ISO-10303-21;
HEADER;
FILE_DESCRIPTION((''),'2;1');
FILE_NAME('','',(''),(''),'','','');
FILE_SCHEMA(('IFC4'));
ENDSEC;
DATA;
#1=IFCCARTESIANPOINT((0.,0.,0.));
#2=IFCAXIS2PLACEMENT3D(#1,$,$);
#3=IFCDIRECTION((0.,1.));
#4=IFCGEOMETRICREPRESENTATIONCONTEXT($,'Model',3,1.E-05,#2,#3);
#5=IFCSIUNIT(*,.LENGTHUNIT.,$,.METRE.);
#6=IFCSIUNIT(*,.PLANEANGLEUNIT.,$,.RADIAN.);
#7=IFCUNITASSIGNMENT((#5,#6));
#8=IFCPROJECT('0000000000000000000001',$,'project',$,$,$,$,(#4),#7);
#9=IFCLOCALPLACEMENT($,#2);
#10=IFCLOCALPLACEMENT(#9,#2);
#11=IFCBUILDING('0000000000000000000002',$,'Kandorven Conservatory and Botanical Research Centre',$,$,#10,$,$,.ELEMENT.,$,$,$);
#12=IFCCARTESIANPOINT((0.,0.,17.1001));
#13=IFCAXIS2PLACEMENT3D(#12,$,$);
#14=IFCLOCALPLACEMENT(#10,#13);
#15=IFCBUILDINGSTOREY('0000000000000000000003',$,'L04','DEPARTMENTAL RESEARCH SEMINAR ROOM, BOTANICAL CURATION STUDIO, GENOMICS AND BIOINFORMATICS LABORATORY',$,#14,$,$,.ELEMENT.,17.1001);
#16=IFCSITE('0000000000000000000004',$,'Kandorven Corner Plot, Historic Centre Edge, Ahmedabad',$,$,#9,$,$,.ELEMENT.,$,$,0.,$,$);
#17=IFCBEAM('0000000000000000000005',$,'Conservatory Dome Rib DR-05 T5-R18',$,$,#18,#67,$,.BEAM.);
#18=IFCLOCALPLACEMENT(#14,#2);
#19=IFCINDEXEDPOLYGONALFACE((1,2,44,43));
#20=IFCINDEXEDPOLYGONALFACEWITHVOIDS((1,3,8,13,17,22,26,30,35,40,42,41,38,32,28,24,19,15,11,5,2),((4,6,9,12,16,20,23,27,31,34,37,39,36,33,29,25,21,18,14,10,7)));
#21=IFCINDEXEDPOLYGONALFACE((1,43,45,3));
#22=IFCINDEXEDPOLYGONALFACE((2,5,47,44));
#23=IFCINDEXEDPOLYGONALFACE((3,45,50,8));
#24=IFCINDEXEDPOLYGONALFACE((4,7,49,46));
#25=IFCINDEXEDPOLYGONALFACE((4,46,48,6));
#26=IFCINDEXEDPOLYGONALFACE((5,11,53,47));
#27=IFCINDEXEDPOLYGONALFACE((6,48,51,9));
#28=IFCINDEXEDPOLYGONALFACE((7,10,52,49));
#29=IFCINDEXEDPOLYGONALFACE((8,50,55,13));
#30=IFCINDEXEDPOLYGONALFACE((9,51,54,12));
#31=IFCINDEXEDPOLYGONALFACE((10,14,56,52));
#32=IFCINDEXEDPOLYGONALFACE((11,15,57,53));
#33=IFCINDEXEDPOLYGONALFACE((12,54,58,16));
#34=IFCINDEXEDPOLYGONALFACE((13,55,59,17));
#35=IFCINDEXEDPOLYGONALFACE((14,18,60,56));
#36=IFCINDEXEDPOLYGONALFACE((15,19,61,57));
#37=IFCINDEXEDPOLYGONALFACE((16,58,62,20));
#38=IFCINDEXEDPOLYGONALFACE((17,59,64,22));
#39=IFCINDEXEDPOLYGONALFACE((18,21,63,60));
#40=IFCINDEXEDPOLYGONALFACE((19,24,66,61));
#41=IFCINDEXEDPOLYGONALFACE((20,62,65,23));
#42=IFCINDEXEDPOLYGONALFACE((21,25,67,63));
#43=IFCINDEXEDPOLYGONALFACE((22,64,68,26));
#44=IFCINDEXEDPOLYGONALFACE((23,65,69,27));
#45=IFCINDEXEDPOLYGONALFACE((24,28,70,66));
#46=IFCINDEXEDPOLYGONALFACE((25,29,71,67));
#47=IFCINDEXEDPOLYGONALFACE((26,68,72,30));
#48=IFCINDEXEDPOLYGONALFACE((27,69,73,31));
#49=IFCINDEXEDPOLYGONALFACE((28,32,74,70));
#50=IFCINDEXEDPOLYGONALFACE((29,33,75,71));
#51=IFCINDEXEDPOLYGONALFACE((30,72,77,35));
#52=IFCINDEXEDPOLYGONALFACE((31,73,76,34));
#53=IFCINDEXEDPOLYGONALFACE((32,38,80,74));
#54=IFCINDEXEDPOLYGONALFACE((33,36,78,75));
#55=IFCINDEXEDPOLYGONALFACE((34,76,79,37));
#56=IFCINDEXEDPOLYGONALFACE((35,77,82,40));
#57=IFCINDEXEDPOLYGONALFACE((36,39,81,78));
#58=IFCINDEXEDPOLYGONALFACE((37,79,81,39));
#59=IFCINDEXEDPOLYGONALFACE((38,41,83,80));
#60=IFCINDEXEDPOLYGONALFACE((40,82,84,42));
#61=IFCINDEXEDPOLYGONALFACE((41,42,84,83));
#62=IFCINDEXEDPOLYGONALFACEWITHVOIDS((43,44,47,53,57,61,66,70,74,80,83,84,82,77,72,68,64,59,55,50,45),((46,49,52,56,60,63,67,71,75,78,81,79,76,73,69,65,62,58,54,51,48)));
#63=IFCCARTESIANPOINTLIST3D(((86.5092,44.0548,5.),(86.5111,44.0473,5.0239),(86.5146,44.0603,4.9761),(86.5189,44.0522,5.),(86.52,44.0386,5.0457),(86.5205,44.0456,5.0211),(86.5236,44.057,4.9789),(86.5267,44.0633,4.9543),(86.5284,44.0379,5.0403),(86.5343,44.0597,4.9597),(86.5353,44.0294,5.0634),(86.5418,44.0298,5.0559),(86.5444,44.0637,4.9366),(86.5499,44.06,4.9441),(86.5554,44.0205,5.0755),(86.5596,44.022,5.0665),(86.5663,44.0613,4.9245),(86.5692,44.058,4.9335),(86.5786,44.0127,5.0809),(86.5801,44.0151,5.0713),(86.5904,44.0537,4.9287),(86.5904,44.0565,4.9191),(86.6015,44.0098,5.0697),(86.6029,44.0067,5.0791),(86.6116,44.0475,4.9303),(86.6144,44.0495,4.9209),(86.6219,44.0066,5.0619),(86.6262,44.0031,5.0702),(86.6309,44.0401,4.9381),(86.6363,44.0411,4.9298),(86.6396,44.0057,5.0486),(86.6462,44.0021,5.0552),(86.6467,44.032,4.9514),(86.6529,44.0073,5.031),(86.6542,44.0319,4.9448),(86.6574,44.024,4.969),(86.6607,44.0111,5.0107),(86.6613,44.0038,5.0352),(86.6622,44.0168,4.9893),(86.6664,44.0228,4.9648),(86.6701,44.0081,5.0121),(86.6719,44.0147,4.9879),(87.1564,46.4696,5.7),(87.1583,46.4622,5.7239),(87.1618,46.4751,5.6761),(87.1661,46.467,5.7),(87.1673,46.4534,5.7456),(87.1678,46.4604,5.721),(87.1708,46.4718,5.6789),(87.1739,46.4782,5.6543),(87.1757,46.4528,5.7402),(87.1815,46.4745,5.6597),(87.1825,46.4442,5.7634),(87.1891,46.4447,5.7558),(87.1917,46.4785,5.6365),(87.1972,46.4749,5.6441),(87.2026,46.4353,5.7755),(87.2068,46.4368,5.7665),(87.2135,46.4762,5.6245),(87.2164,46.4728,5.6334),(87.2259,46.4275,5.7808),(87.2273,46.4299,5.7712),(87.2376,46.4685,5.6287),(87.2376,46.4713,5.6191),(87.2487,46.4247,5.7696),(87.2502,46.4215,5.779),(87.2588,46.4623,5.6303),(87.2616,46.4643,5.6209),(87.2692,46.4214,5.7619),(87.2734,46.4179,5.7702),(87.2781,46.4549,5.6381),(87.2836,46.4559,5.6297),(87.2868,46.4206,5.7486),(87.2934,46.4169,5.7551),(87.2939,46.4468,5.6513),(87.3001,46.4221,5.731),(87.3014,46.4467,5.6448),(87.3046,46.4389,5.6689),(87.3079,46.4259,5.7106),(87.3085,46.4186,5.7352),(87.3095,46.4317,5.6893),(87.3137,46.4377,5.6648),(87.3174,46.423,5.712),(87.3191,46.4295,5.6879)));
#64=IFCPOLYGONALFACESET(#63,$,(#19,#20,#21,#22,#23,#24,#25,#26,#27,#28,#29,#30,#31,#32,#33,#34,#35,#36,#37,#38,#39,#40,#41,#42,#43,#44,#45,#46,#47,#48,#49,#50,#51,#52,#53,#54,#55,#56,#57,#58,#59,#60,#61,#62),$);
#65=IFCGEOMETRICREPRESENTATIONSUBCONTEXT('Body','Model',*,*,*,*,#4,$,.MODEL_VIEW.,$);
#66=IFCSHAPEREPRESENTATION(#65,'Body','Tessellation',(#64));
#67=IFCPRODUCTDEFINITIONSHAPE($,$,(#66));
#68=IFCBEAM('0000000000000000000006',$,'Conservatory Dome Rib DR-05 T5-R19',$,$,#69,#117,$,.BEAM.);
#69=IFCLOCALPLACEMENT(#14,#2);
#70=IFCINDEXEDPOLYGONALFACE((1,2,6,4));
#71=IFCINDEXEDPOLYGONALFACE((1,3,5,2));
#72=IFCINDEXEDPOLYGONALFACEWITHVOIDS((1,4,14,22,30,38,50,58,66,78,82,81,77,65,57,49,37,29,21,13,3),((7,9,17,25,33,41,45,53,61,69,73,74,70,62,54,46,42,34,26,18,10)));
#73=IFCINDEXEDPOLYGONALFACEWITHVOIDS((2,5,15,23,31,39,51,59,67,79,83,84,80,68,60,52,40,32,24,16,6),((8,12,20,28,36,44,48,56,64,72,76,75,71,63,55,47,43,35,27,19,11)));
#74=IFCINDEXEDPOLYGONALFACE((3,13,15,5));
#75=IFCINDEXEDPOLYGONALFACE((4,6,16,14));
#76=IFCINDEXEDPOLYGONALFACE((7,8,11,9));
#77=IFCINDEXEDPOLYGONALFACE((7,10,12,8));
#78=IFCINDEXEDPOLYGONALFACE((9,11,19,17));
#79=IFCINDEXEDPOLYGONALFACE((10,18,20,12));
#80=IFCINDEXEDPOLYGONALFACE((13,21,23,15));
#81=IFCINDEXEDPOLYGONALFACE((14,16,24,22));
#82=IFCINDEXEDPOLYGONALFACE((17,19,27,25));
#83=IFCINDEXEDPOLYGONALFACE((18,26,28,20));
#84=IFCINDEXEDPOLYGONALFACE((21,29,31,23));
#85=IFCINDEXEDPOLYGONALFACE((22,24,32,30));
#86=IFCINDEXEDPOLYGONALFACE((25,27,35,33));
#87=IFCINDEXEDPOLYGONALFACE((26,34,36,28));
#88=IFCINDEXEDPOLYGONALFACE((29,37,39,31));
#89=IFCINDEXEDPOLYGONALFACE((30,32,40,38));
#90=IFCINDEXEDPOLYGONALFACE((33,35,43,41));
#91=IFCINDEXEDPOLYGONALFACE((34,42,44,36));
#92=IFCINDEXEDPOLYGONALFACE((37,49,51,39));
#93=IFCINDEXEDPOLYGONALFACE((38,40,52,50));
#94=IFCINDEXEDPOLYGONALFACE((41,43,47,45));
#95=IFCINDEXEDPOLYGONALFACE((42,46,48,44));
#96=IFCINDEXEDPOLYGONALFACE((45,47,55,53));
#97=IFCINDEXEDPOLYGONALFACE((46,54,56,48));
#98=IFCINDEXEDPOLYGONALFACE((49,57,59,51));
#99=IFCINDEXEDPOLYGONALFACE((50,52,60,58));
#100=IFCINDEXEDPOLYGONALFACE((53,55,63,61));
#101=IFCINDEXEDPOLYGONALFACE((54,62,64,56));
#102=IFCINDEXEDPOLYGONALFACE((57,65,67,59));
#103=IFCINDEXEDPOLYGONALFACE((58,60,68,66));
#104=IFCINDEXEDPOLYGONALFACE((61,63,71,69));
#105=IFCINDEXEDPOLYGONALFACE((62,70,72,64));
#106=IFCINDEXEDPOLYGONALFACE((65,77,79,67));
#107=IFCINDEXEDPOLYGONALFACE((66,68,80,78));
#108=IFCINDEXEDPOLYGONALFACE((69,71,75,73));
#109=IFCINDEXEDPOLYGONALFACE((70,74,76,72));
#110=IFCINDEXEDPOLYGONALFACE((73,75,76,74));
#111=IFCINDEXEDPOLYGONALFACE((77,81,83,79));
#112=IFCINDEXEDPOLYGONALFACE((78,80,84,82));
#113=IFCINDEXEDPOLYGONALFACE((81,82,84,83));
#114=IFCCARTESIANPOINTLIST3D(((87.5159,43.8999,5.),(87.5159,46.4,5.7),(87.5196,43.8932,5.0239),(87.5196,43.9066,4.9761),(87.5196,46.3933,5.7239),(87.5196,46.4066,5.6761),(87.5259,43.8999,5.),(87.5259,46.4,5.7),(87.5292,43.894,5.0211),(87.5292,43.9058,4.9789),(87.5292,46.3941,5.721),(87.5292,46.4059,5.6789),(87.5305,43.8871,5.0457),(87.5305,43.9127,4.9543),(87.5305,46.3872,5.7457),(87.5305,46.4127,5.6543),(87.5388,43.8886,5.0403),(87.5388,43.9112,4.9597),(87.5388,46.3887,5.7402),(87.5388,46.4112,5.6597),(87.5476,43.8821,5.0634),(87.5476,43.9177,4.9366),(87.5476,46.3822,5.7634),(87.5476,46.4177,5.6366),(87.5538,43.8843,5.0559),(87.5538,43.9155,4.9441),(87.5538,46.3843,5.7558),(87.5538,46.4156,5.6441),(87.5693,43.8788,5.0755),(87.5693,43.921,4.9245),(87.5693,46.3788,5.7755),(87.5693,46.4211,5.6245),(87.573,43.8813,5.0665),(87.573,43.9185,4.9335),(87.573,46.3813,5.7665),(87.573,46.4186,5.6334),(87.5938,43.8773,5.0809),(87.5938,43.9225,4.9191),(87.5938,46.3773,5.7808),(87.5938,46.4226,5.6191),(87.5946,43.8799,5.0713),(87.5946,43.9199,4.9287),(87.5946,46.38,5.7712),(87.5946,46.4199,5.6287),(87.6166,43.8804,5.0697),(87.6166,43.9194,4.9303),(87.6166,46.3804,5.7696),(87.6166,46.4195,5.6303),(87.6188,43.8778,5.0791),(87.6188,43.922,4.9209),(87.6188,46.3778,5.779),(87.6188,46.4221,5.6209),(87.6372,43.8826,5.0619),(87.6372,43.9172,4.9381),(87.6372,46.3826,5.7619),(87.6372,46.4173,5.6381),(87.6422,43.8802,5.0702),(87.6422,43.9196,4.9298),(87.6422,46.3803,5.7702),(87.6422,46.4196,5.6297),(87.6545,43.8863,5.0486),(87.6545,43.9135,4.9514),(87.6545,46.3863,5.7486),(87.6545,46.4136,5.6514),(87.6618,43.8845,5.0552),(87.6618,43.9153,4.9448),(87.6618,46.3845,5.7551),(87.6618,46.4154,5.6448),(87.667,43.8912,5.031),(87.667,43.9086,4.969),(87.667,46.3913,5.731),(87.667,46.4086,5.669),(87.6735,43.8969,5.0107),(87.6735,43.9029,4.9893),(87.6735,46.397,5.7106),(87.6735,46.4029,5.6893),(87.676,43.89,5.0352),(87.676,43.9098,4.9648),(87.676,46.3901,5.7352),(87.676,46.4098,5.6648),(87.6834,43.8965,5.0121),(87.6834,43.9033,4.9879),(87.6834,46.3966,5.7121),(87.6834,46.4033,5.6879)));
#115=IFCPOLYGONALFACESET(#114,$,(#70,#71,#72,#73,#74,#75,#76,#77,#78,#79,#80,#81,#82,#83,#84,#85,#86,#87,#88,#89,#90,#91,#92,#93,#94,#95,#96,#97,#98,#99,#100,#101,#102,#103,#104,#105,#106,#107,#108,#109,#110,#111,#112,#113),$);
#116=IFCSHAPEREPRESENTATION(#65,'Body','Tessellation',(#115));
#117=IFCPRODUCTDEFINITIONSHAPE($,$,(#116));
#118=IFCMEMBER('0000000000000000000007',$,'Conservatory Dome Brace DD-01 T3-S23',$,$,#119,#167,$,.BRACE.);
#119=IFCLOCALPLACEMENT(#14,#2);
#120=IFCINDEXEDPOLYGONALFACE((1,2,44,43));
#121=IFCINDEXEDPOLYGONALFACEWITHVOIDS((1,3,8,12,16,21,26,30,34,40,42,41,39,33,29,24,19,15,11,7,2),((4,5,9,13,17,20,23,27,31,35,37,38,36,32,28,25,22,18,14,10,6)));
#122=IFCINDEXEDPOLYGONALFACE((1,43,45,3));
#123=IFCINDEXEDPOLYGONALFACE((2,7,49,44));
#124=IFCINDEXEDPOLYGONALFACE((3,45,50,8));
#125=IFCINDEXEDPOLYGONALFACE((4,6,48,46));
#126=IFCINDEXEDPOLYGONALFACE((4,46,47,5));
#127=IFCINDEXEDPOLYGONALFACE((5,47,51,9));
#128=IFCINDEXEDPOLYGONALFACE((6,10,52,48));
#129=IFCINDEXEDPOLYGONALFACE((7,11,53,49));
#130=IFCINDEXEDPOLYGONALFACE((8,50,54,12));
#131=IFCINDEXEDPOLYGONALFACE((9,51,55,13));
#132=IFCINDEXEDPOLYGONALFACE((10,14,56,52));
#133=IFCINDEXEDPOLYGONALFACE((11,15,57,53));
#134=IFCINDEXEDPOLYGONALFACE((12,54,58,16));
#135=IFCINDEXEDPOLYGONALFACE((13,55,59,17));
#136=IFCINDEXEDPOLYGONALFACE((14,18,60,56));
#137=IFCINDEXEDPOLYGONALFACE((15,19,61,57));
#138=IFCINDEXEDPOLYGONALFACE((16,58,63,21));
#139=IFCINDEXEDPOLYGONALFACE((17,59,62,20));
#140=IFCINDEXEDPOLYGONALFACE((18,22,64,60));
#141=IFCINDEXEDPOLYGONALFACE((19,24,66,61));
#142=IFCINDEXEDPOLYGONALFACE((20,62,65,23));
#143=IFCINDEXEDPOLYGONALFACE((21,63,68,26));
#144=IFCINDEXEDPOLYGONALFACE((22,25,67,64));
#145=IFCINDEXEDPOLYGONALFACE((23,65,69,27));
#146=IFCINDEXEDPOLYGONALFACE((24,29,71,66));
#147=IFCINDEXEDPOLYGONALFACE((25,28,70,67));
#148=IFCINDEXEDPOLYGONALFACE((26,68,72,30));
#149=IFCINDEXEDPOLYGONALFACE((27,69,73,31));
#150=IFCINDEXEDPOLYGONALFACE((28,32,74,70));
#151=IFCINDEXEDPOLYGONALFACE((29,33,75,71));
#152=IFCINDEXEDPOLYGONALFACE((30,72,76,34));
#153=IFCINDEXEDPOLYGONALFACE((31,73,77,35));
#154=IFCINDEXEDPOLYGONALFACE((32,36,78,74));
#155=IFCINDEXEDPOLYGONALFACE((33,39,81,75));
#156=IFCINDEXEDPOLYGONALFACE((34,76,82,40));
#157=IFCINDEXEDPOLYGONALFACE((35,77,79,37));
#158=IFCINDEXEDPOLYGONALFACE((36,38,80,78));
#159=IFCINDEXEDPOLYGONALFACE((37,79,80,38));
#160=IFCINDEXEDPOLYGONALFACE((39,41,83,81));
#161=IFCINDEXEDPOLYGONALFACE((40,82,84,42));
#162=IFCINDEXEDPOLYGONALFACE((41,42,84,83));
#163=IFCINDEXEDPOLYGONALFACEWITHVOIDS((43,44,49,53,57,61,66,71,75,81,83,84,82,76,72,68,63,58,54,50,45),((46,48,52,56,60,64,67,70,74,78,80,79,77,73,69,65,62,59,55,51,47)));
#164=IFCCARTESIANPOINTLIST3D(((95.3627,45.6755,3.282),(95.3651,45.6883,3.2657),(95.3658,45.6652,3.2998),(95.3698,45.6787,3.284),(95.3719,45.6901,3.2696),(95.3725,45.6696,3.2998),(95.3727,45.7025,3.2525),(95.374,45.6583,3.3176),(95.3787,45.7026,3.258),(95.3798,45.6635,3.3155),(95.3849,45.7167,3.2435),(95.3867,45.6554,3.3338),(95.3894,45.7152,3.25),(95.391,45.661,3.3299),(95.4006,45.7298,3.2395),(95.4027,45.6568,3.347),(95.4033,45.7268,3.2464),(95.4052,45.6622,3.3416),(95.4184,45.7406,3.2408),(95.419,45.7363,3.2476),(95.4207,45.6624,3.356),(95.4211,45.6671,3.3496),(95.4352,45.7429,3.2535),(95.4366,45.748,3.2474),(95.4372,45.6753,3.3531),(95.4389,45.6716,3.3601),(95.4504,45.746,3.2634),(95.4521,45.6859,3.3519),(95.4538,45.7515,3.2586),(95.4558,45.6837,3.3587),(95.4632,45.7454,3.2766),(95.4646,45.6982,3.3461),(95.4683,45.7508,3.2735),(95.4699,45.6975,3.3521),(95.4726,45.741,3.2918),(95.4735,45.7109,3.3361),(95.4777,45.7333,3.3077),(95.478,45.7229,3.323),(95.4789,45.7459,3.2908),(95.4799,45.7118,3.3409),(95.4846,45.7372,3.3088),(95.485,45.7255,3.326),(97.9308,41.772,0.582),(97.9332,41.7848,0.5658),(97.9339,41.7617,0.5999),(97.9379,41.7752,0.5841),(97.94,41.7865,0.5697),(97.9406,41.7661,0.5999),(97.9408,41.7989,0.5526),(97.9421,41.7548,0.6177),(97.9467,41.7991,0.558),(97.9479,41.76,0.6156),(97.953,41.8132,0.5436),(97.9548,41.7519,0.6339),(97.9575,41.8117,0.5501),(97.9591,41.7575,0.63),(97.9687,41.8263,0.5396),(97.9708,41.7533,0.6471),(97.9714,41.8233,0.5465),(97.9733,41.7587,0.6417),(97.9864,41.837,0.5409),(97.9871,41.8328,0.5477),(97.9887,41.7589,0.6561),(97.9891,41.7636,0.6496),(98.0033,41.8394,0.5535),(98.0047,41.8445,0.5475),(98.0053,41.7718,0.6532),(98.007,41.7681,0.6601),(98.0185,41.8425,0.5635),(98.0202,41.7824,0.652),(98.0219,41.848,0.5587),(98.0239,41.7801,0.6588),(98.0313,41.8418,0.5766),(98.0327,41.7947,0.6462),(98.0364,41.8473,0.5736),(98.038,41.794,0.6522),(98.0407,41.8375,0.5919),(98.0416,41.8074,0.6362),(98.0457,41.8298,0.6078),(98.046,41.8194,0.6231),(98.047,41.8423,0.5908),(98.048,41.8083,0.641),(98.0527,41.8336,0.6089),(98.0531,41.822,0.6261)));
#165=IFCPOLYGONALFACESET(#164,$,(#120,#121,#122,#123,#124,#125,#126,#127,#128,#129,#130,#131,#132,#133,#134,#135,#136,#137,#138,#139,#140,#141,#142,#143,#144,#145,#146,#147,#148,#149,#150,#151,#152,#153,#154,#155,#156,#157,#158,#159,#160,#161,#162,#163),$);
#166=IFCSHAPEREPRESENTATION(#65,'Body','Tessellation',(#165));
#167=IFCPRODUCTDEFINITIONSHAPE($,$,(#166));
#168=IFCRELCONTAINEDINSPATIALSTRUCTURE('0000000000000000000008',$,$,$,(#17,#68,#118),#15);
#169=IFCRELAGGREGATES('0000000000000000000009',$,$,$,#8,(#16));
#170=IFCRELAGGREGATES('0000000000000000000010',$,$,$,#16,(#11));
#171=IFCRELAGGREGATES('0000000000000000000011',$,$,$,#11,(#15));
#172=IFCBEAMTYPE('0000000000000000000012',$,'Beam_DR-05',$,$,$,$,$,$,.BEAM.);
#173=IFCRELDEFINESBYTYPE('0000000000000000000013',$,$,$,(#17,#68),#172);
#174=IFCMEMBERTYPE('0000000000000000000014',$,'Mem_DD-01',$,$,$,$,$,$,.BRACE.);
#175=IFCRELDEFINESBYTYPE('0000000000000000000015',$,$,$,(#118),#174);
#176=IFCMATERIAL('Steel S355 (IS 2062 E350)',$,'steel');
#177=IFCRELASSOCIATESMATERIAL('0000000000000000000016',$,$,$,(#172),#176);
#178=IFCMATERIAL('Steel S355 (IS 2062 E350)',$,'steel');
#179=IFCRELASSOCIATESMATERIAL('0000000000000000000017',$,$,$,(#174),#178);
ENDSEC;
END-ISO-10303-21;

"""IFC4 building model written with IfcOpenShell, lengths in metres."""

from ifc_helpers import new_model, si_unit, direction, frame, origin, origin_2d, place, context, subcontext, project, spatial, hollow_circle, extrude, material, material_profile, profile_set, type_object, element, save


model = new_model("IFC4")

# Units and contexts
model_context = context("Model", 3, precision=1e-05, world=origin(), true_north=direction((0.0, 1.0)))
body_context = subcontext(model_context, "Body", "Model", "MODEL_VIEW")
ifc_project = project(units=[si_unit("LENGTHUNIT", "METRE"), si_unit("PLANEANGLEUNIT", "RADIAN")], contexts=[model_context])

# Site, building, storey
site_placement = place(None, origin())
site = spatial("IfcSite", under=ifc_project, at=site_placement, Name="Kandorven Corner Plot, Historic Centre Edge, Ahmedabad", CompositionType="ELEMENT", RefElevation=0.0)
building_placement = place(site_placement, origin())
building = spatial("IfcBuilding", under=site, at=building_placement, Name="Kandorven Conservatory and Botanical Research Centre", CompositionType="ELEMENT")
storey_placement = place(building_placement, frame((0.0, 0.0, 17.1001)))
storey = spatial("IfcBuildingStorey", under=building, at=storey_placement, Name="L04", Description="DEPARTMENTAL RESEARCH SEMINAR ROOM, BOTANICAL CURATION STUDIO, GENOMICS AND BIOINFORMATICS LABORATORY", CompositionType="ELEMENT", Elevation=17.1001)

# Beams
ifc_material_1 = material(Name="Steel S355 (IS 2062 E350)", Category="steel")
ifc_material_profile_1 = material_profile(ifc_material_1, hollow_circle(Radius=0.0842, WallThickness=0.01, at=origin_2d()))
ifc_profile_set_1 = profile_set([ifc_material_profile_1], Name="Steel S355 (IS 2062 E350)")
beam_type_1 = type_object("IfcBeamType", Name="Beam_DR-05", PredefinedType="BEAM", material=ifc_profile_set_1)
for number, where, z_axis, x_axis, name in (
    (1, (86.5906, 44.033, 5.0), (0.249298, 0.93014, 0.26961), (-0.965908, 0.258884, 0.0), "Conservatory Dome Rib DR-05 T5-R18"),
    (2, (87.6001, 43.8999, 5.0), (0.0, 0.962969, 0.269612), (-1.0, 0.0, 0.0), "Conservatory Dome Rib DR-05 T5-R19"),
):
    element("IfcBeam", number, at=place(storey_placement, frame(where, z_axis=z_axis, x_axis=x_axis)), inside=storey, type_object=beam_type_1, Name=name, PredefinedType="BEAM", context=body_context, shape_type="SweptSolid", body=[
        extrude(hollow_circle(Radius=0.0842, WallThickness=0.01, at=origin_2d()), origin(), (0.0, 0.0, 1.0), 2.5962),
    ])

# Member
ifc_material_2 = material(Name="Steel S355 (IS 2062 E350)", Category="steel")
ifc_material_profile_2 = material_profile(ifc_material_2, hollow_circle(Radius=0.0698, WallThickness=0.0081, at=origin_2d()))
ifc_profile_set_2 = profile_set([ifc_material_profile_2], Name="Steel S355 (IS 2062 E350)")
member_type_1 = type_object("IfcMemberType", Name="Mem_DD-01", PredefinedType="BRACE", material=ifc_profile_set_2)
member_1_placement = place(storey_placement, frame((97.9922, 41.8, 0.5999), z_axis=(-0.475881, 0.723344, 0.50031), x_axis=(-0.835419, -0.549614, 0.0)))
element("IfcMember", 3, at=member_1_placement, inside=storey, type_object=member_type_1, Name="Conservatory Dome Brace DD-01 T3-S23", PredefinedType="BRACE", context=body_context, shape_type="SweptSolid", body=[
    extrude(hollow_circle(Radius=0.0698, WallThickness=0.0081, at=origin_2d()), origin(), (0.0, 0.0, 1.0), 5.3965),
])

save(model, "model.ifc")
